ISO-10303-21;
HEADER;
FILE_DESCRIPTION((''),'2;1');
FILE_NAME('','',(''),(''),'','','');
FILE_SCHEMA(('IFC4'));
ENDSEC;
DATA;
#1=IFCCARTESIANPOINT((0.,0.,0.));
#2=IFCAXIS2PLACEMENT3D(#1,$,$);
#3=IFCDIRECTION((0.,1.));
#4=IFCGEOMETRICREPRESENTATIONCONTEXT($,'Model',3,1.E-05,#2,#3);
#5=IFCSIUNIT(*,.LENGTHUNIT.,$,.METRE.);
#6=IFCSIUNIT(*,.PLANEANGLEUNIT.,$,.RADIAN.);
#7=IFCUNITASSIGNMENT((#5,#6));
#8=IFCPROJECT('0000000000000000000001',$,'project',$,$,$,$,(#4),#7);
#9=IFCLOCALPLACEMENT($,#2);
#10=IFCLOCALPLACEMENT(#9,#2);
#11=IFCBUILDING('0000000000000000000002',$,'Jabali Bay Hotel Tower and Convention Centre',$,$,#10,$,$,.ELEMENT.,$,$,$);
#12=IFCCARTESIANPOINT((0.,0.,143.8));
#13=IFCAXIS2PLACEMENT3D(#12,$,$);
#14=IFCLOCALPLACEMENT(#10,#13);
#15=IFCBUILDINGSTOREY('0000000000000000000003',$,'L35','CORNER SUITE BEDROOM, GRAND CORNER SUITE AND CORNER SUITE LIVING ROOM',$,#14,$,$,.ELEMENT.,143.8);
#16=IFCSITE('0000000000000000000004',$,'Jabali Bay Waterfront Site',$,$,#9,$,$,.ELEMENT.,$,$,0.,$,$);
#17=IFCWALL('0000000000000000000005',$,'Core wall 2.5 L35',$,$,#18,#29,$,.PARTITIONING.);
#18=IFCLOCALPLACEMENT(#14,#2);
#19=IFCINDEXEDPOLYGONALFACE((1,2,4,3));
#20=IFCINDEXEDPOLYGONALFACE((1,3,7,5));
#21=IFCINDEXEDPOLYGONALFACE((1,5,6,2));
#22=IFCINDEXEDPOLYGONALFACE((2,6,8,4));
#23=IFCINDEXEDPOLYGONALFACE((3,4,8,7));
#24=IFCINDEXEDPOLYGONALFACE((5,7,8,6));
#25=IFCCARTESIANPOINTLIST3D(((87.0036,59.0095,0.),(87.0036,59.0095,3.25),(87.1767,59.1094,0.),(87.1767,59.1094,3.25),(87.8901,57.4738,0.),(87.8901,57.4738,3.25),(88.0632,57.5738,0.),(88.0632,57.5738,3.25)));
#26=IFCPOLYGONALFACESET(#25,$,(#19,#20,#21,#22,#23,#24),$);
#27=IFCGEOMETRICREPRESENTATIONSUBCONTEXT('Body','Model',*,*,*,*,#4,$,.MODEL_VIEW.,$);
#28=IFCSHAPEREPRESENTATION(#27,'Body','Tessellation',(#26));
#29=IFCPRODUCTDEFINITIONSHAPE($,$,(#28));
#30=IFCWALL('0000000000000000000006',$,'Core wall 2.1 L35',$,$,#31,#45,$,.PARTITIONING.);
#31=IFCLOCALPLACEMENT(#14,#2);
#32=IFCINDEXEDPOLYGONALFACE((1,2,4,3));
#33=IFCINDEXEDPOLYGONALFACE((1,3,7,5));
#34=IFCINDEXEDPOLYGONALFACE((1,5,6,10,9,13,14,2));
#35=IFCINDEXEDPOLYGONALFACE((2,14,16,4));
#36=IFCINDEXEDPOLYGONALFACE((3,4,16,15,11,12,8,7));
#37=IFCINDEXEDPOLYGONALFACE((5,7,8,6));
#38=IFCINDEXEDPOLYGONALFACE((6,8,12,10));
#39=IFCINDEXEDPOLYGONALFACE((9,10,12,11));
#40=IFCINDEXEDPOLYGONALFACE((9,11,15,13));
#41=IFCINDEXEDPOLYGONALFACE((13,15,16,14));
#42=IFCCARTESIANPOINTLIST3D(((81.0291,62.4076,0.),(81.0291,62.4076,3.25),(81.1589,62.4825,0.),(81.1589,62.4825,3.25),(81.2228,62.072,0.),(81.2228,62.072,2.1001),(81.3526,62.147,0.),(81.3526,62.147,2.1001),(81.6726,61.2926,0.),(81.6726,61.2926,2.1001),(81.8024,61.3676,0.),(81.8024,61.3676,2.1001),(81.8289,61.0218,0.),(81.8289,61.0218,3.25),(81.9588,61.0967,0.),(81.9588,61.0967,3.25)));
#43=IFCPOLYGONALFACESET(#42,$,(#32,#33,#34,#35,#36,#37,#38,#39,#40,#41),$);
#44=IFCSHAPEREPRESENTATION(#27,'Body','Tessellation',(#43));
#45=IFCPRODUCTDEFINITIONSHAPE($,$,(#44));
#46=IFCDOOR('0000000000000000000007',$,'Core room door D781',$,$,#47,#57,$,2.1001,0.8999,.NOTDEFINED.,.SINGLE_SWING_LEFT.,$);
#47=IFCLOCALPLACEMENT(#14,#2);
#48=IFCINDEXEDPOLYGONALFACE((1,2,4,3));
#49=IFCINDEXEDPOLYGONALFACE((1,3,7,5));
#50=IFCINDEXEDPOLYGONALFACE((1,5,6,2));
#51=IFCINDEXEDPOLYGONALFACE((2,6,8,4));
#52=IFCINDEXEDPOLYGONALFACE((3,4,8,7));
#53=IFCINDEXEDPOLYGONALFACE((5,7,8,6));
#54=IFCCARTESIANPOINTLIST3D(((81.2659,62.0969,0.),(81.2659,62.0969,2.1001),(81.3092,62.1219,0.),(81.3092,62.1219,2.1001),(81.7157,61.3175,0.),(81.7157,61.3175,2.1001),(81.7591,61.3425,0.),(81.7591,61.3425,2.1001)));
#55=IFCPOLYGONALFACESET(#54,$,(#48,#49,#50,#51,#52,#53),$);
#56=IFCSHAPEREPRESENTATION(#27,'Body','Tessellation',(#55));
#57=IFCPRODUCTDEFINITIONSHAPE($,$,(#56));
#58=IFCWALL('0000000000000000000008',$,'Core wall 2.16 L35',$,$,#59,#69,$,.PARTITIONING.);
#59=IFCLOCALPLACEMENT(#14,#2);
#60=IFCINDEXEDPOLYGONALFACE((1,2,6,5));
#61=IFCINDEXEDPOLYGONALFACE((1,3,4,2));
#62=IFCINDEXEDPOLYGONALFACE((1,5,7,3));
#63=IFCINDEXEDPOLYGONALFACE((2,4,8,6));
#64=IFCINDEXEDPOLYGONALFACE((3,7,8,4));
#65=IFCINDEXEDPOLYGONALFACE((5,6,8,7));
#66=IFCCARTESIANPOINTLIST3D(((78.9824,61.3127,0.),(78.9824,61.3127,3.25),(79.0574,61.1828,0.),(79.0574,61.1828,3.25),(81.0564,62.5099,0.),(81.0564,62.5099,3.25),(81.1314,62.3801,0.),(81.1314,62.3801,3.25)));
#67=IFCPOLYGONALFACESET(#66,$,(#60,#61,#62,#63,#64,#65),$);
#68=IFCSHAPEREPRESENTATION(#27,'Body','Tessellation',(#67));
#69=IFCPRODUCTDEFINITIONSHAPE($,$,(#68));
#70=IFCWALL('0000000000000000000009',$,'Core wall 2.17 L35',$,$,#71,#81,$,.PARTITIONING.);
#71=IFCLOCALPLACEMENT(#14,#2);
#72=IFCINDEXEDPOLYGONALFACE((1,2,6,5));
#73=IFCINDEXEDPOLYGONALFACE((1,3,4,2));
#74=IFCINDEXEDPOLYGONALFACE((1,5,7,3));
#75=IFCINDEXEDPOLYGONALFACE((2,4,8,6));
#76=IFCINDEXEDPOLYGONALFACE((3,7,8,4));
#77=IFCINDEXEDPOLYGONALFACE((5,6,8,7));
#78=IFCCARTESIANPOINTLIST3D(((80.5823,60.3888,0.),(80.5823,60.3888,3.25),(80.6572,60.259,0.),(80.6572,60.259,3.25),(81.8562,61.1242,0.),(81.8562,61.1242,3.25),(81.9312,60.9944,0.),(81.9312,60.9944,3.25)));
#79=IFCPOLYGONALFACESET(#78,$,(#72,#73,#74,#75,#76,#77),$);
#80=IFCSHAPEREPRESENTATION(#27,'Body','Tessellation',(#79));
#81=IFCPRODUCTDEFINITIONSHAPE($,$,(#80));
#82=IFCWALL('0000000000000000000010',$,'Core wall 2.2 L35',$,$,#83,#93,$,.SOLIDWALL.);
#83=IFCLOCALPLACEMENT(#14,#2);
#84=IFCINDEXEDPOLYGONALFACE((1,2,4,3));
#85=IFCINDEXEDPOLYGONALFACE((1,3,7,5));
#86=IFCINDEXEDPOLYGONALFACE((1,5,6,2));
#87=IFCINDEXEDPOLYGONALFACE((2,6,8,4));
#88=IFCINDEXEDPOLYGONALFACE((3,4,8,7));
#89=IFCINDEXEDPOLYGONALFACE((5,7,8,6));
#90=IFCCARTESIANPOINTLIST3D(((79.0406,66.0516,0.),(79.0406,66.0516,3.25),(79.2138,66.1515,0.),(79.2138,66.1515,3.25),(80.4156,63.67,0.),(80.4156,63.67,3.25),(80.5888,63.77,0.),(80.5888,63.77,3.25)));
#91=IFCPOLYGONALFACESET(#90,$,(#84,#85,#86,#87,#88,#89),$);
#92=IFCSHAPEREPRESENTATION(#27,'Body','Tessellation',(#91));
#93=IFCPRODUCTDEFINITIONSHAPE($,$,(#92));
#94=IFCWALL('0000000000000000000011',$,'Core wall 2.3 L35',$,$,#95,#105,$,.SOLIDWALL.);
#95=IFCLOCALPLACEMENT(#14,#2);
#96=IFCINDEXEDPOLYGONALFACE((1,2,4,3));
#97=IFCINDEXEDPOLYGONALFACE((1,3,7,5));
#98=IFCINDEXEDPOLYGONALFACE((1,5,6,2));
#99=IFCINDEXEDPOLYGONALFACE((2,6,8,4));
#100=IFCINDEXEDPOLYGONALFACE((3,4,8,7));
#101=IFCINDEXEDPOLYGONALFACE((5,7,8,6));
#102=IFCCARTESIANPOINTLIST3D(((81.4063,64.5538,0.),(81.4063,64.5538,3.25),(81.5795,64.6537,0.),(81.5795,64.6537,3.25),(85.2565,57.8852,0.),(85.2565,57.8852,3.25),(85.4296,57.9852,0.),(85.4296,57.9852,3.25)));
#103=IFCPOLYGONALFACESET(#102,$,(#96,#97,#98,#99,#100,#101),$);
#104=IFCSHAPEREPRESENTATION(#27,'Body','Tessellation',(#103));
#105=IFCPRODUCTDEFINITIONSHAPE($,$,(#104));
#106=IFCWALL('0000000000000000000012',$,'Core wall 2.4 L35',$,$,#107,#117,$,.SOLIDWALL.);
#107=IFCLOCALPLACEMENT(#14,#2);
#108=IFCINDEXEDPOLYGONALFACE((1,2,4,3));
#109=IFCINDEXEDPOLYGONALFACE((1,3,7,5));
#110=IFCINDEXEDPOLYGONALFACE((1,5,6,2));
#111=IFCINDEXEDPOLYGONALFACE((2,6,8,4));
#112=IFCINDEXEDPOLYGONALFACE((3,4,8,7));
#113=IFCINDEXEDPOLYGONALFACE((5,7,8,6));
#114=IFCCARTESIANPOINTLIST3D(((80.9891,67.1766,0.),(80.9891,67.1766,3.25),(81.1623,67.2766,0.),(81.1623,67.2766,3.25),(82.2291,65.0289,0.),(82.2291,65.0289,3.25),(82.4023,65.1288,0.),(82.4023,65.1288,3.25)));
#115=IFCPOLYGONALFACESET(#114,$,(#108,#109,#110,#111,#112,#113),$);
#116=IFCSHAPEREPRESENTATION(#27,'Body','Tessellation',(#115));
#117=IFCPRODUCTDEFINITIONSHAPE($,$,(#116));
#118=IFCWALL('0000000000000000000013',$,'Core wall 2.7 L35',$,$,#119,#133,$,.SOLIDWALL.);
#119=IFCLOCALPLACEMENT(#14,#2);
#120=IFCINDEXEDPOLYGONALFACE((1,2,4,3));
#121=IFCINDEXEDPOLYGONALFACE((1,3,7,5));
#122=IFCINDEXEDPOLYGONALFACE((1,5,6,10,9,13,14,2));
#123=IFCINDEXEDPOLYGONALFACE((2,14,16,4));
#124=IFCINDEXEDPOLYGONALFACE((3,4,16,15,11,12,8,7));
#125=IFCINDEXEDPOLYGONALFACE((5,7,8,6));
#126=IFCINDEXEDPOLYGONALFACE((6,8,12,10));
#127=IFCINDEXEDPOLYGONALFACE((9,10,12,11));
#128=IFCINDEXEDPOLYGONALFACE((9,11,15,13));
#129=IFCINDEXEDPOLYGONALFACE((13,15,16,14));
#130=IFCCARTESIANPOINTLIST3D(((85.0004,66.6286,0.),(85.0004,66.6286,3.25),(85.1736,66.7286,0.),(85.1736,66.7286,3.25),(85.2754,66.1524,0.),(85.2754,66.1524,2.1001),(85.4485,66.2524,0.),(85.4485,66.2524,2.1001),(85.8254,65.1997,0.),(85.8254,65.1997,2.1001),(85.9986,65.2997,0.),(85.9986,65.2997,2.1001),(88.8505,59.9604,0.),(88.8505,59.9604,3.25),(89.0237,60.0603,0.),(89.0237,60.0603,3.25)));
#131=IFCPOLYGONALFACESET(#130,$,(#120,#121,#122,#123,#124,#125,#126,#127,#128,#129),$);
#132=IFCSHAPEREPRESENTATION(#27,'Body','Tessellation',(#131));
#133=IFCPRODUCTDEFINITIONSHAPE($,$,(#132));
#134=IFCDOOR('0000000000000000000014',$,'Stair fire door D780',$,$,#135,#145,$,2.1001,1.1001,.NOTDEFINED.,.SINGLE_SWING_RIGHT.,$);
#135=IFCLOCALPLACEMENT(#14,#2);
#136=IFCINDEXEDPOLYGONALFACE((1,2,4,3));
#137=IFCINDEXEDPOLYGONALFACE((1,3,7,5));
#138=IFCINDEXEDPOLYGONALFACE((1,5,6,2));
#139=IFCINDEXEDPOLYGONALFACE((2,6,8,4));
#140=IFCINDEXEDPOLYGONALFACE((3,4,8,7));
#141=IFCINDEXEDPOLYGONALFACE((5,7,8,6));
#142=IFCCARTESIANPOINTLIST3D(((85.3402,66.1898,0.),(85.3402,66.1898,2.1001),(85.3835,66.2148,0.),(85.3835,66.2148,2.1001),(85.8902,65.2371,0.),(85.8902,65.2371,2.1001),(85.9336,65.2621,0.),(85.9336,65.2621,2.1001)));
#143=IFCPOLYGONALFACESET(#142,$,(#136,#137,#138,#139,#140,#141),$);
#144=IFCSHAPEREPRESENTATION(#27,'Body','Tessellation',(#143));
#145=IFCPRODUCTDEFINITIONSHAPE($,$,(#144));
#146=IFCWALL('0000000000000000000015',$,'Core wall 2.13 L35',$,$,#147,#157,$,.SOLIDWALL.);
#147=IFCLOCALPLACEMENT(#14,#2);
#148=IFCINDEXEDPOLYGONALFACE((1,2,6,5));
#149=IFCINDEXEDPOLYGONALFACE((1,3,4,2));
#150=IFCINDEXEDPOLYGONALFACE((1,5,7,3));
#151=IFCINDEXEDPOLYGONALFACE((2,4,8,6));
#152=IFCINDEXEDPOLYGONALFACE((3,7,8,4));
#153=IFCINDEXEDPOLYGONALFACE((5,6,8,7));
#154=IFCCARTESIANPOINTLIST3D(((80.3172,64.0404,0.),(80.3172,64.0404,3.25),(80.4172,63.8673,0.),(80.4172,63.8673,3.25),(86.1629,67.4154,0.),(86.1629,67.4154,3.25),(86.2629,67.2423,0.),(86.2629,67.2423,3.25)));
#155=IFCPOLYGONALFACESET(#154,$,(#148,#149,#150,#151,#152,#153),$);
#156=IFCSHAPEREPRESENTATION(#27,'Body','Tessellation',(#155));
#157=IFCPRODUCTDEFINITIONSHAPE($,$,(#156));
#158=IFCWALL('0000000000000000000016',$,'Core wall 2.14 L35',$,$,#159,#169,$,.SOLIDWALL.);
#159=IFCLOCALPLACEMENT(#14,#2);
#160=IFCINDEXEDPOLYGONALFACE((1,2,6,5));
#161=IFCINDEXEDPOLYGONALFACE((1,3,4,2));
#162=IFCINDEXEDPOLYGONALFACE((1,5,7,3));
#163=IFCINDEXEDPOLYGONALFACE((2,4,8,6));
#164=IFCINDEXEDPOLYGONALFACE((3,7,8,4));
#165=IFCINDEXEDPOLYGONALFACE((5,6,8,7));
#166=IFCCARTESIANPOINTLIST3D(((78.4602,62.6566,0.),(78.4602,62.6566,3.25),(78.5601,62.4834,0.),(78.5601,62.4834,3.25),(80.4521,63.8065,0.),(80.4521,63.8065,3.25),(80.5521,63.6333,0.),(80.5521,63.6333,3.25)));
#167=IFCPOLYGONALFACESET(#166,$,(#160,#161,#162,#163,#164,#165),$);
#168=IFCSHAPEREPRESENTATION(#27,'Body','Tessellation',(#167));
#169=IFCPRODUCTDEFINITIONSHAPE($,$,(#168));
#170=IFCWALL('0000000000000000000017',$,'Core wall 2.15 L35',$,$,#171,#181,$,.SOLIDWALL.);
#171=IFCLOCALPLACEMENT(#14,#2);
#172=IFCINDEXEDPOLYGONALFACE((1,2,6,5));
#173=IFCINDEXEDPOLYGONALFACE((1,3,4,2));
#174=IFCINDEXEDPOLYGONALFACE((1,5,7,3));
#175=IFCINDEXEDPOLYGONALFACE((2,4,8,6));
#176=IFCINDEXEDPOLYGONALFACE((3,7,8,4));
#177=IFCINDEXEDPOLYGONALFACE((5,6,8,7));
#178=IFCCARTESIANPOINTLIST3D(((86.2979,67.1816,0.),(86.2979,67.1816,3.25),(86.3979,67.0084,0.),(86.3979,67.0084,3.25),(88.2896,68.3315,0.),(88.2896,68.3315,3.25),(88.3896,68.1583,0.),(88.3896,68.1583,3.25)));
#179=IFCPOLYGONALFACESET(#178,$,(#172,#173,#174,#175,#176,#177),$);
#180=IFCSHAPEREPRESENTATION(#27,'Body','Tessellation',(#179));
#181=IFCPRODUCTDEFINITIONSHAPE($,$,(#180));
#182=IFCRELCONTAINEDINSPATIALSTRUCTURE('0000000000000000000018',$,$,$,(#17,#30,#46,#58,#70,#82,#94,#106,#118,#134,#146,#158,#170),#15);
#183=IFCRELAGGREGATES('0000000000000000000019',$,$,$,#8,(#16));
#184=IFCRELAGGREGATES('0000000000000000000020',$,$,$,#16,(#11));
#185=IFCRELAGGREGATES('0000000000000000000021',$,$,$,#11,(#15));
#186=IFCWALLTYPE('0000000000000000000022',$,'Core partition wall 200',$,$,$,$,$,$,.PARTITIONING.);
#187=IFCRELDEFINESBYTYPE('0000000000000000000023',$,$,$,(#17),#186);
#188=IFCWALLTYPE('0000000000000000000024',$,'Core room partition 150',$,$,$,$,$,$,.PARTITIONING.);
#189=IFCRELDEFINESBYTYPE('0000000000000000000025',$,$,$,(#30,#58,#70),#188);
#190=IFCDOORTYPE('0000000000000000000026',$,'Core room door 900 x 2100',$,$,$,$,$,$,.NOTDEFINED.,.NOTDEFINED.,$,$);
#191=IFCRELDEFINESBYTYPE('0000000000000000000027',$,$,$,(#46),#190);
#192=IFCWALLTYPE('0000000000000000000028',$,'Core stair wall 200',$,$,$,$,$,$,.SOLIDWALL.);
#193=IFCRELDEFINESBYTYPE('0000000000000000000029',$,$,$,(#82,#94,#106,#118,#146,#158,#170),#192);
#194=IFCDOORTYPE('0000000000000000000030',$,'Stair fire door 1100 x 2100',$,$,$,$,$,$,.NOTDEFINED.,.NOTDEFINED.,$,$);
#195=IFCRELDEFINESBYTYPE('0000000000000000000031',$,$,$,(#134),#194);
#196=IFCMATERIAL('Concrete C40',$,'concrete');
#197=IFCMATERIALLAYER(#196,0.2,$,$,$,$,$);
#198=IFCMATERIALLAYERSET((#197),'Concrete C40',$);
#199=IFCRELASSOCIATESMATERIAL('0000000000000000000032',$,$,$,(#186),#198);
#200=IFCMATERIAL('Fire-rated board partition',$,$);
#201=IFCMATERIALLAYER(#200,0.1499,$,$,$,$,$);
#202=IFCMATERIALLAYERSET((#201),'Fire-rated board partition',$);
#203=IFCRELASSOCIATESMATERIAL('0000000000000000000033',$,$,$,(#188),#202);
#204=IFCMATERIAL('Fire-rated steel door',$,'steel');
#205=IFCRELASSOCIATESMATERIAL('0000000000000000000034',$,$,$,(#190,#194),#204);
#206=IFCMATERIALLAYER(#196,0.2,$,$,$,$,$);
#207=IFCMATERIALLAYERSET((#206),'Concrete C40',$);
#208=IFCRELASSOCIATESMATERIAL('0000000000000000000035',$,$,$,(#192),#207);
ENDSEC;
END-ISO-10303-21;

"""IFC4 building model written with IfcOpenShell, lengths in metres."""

from ifc_helpers import new_model, si_unit, direction, frame, frame_2d, origin, place, context, subcontext, project, spatial, rectangle, extrude, material, layer, layer_set, type_object, element, fill, save


model = new_model("IFC4")

# Units and contexts
model_context = context("Model", 3, precision=1e-05, world=origin(), true_north=direction((0.0, 1.0)))
body_context = subcontext(model_context, "Body", "Model", "MODEL_VIEW")
ifc_project = project(units=[si_unit("LENGTHUNIT", "METRE"), si_unit("PLANEANGLEUNIT", "RADIAN")], contexts=[model_context])

# Site, building, storey
site_placement = place(None, origin())
site = spatial("IfcSite", under=ifc_project, at=site_placement, Name="Jabali Bay Waterfront Site", CompositionType="ELEMENT", RefElevation=0.0)
building_placement = place(site_placement, origin())
building = spatial("IfcBuilding", under=site, at=building_placement, Name="Jabali Bay Hotel Tower and Convention Centre", CompositionType="ELEMENT")
storey_placement = place(building_placement, frame((0.0, 0.0, 143.8)))
storey = spatial("IfcBuildingStorey", under=building, at=storey_placement, Name="L35", Description="CORNER SUITE BEDROOM, GRAND CORNER SUITE AND CORNER SUITE LIVING ROOM", CompositionType="ELEMENT", Elevation=143.8)

# Wall
ifc_material_1 = material(Name="Concrete C40", Category="concrete")
ifc_layer_1 = layer(ifc_material_1, 0.2)
ifc_layer_set_1 = layer_set([ifc_layer_1], Name="Concrete C40")
wall_type_1 = type_object("IfcWallType", Name="Core partition wall 200", PredefinedType="PARTITIONING", material=ifc_layer_set_1)
wall_1_placement = place(storey_placement, frame((87.0901, 59.0596, 0.0), z_axis=(0.0, 0.0, 1.0), x_axis=(0.499945, -0.866057, 0.0)))
element("IfcWall", 1, at=wall_1_placement, inside=storey, type_object=wall_type_1, Name="Core wall 2.5 L35", PredefinedType="PARTITIONING", context=body_context, shape_type="SweptSolid", body=[
    extrude(rectangle(XDim=1.7732, YDim=0.2, at=frame_2d((0.8867, 0.0))), origin(), (0.0, 0.0, 1.0), 3.25),
])

# Wall, opening, door
ifc_material_2 = material(Name="Fire-rated board partition")
ifc_layer_2 = layer(ifc_material_2, 0.1499)
ifc_layer_set_2 = layer_set([ifc_layer_2], Name="Fire-rated board partition")
wall_type_2 = type_object("IfcWallType", Name="Core room partition 150", PredefinedType="PARTITIONING", material=ifc_layer_set_2)
wall_2_placement = place(storey_placement, frame((81.094, 62.4451, 0.0), z_axis=(0.0, 0.0, 1.0), x_axis=(0.499881, -0.866094, 0.0)))
wall_2 = element("IfcWall", 2, at=wall_2_placement, inside=storey, type_object=wall_type_2, Name="Core wall 2.1 L35", PredefinedType="PARTITIONING", context=body_context, shape_type="SweptSolid", body=[
    extrude(rectangle(XDim=1.6001, YDim=0.1499, at=frame_2d((0.8, 0.0))), origin(), (0.0, 0.0, 1.0), 3.25),
])
opening_1_placement = place(wall_2_placement, frame((0.3875, 0.0, 0.0)))
opening_1 = element("IfcOpeningElement", 3, at=opening_1_placement, cuts=wall_2, PredefinedType="OPENING", context=body_context, shape_type="SweptSolid", body=[
    extrude(rectangle(XDim=0.8999, YDim=2.1001, at=frame_2d((0.45, 1.05))), frame((0.0, 0.0854, 0.0), z_axis=(0.0, -1.0, 0.0), x_axis=(1.0, 0.0, 0.0)), (0.0, 0.0, 1.0), 0.1709),
])
ifc_material_3 = material(Name="Fire-rated steel door", Category="steel")
door_type_1 = type_object("IfcDoorType", Name="Core room door 900 x 2100", OperationType="NOTDEFINED", PredefinedType="NOTDEFINED", material=ifc_material_3)
door_1_placement = place(opening_1_placement, origin())
door_1 = element("IfcDoor", 4, at=door_1_placement, inside=storey, type_object=door_type_1, Name="Core room door D781", OperationType="SINGLE_SWING_LEFT", OverallHeight=2.1001, OverallWidth=0.8999, PredefinedType="NOTDEFINED", context=body_context, shape_type="SweptSolid", body=[
    extrude(rectangle(XDim=0.8999, YDim=2.1001, at=frame_2d((0.45, 1.05))), frame((0.0, 0.0249, 0.0), z_axis=(0.0, -1.0, 0.0), x_axis=(1.0, 0.0, 0.0)), (0.0, 0.0, 1.0), 0.05),
])
fill(opening_1, door_1)

# Walls
wall_3_placement = place(storey_placement, frame((79.02, 61.2478, 0.0), z_axis=(0.0, 0.0, 1.0), x_axis=(0.866051, 0.499955, 0.0)))
element("IfcWall", 5, at=wall_3_placement, inside=storey, type_object=wall_type_2, Name="Core wall 2.16 L35", PredefinedType="PARTITIONING", context=body_context, shape_type="SweptSolid", body=[
    extrude(rectangle(XDim=2.3948, YDim=0.1499, at=frame_2d((1.1973, 0.0))), origin(), (0.0, 0.0, 1.0), 3.25),
])
wall_4_placement = place(storey_placement, frame((80.6199, 60.324, 0.0), z_axis=(0.0, 0.0, 1.0), x_axis=(0.86607, 0.499924, 0.0)))
element("IfcWall", 6, at=wall_4_placement, inside=storey, type_object=wall_type_2, Name="Core wall 2.17 L35", PredefinedType="PARTITIONING", context=body_context, shape_type="SweptSolid", body=[
    extrude(rectangle(XDim=1.4709, YDim=0.1499, at=frame_2d((0.7354, 0.0))), origin(), (0.0, 0.0, 1.0), 3.25),
])
ifc_layer_3 = layer(ifc_material_1, 0.2)
ifc_layer_set_3 = layer_set([ifc_layer_3], Name="Concrete C40")
wall_type_3 = type_object("IfcWallType", Name="Core stair wall 200", PredefinedType="SOLIDWALL", material=ifc_layer_set_3)
wall_5_placement = place(storey_placement, frame((79.1272, 66.1016, 0.0), z_axis=(0.0, 0.0, 1.0), x_axis=(0.499997, -0.866027, 0.0)))
element("IfcWall", 7, at=wall_5_placement, inside=storey, type_object=wall_type_3, Name="Core wall 2.2 L35", PredefinedType="SOLIDWALL", context=body_context, shape_type="SweptSolid", body=[
    extrude(rectangle(XDim=2.75, YDim=0.2, at=frame_2d((1.375, 0.0))), origin(), (0.0, 0.0, 1.0), 3.25),
])
wall_6_placement = place(storey_placement, frame((81.4929, 64.6038, 0.0), z_axis=(0.0, 0.0, 1.0), x_axis=(0.500006, -0.866022, 0.0)))
element("IfcWall", 8, at=wall_6_placement, inside=storey, type_object=wall_type_3, Name="Core wall 2.3 L35", PredefinedType="SOLIDWALL", context=body_context, shape_type="SweptSolid", body=[
    extrude(rectangle(XDim=7.7002, YDim=0.2, at=frame_2d((3.8501, 0.0))), origin(), (0.0, 0.0, 1.0), 3.25),
])
wall_7_placement = place(storey_placement, frame((81.0757, 67.2266, 0.0), z_axis=(0.0, 0.0, 1.0), x_axis=(0.500004, -0.866023, 0.0)))
element("IfcWall", 9, at=wall_7_placement, inside=storey, type_object=wall_type_3, Name="Core wall 2.4 L35", PredefinedType="SOLIDWALL", context=body_context, shape_type="SweptSolid", body=[
    extrude(rectangle(XDim=2.48, YDim=0.2, at=frame_2d((1.24, 0.0))), origin(), (0.0, 0.0, 1.0), 3.25),
])

# Wall, opening, door
wall_8_placement = place(storey_placement, frame((85.0869, 66.6787, 0.0), z_axis=(0.0, 0.0, 1.0), x_axis=(0.50002, -0.866014, 0.0)))
wall_8 = element("IfcWall", 10, at=wall_8_placement, inside=storey, type_object=wall_type_3, Name="Core wall 2.7 L35", PredefinedType="SOLIDWALL", context=body_context, shape_type="SweptSolid", body=[
    extrude(rectangle(XDim=7.7, YDim=0.2, at=frame_2d((3.8501, 0.0))), origin(), (0.0, 0.0, 1.0), 3.25),
])
opening_2_placement = place(wall_8_placement, frame((0.55, 0.0, 0.0)))
opening_2 = element("IfcOpeningElement", 11, at=opening_2_placement, cuts=wall_8, PredefinedType="OPENING", context=body_context, shape_type="SweptSolid", body=[
    extrude(rectangle(XDim=1.1001, YDim=2.1001, at=frame_2d((0.55, 1.05))), frame((0.0, 0.1104, 0.0), z_axis=(0.0, -1.0, 0.0), x_axis=(1.0, 0.0, 0.0)), (0.0, 0.0, 1.0), 0.2209),
])
door_type_2 = type_object("IfcDoorType", Name="Stair fire door 1100 x 2100", OperationType="NOTDEFINED", PredefinedType="NOTDEFINED", material=ifc_material_3)
door_2_placement = place(opening_2_placement, origin())
door_2 = element("IfcDoor", 12, at=door_2_placement, inside=storey, type_object=door_type_2, Name="Stair fire door D780", OperationType="SINGLE_SWING_RIGHT", OverallHeight=2.1001, OverallWidth=1.1001, PredefinedType="NOTDEFINED", context=body_context, shape_type="SweptSolid", body=[
    extrude(rectangle(XDim=1.1001, YDim=2.1001, at=frame_2d((0.55, 1.05))), frame((0.0, 0.0249, 0.0), z_axis=(0.0, -1.0, 0.0), x_axis=(1.0, 0.0, 0.0)), (0.0, 0.0, 1.0), 0.05),
])
fill(opening_2, door_2)

# Walls
wall_9_placement = place(storey_placement, frame((80.3672, 63.9539, 0.0), z_axis=(0.0, 0.0, 1.0), x_axis=(0.866027, 0.499998, 0.0)))
element("IfcWall", 13, at=wall_9_placement, inside=storey, type_object=wall_type_3, Name="Core wall 2.13 L35", PredefinedType="SOLIDWALL", context=body_context, shape_type="SweptSolid", body=[
    extrude(rectangle(XDim=6.75, YDim=0.2, at=frame_2d((3.375, 0.0))), origin(), (0.0, 0.0, 1.0), 3.25),
])
wall_10_placement = place(storey_placement, frame((78.5103, 62.5701, 0.0), z_axis=(0.0, 0.0, 1.0), x_axis=(0.866053, 0.499952, 0.0)))
element("IfcWall", 14, at=wall_10_placement, inside=storey, type_object=wall_type_3, Name="Core wall 2.14 L35", PredefinedType="SOLIDWALL", context=body_context, shape_type="SweptSolid", body=[
    extrude(rectangle(XDim=2.3, YDim=0.2, at=frame_2d((1.1499, 0.0))), origin(), (0.0, 0.0, 1.0), 3.25),
])
wall_11_placement = place(storey_placement, frame((86.3479, 67.095, 0.0), z_axis=(0.0, 0.0, 1.0), x_axis=(0.866026, 0.499998, 0.0)))
element("IfcWall", 15, at=wall_11_placement, inside=storey, type_object=wall_type_3, Name="Core wall 2.15 L35", PredefinedType="SOLIDWALL", context=body_context, shape_type="SweptSolid", body=[
    extrude(rectangle(XDim=2.2998, YDim=0.2, at=frame_2d((1.1499, 0.0))), origin(), (0.0, 0.0, 1.0), 3.25),
])

save(model, "model.ifc")
